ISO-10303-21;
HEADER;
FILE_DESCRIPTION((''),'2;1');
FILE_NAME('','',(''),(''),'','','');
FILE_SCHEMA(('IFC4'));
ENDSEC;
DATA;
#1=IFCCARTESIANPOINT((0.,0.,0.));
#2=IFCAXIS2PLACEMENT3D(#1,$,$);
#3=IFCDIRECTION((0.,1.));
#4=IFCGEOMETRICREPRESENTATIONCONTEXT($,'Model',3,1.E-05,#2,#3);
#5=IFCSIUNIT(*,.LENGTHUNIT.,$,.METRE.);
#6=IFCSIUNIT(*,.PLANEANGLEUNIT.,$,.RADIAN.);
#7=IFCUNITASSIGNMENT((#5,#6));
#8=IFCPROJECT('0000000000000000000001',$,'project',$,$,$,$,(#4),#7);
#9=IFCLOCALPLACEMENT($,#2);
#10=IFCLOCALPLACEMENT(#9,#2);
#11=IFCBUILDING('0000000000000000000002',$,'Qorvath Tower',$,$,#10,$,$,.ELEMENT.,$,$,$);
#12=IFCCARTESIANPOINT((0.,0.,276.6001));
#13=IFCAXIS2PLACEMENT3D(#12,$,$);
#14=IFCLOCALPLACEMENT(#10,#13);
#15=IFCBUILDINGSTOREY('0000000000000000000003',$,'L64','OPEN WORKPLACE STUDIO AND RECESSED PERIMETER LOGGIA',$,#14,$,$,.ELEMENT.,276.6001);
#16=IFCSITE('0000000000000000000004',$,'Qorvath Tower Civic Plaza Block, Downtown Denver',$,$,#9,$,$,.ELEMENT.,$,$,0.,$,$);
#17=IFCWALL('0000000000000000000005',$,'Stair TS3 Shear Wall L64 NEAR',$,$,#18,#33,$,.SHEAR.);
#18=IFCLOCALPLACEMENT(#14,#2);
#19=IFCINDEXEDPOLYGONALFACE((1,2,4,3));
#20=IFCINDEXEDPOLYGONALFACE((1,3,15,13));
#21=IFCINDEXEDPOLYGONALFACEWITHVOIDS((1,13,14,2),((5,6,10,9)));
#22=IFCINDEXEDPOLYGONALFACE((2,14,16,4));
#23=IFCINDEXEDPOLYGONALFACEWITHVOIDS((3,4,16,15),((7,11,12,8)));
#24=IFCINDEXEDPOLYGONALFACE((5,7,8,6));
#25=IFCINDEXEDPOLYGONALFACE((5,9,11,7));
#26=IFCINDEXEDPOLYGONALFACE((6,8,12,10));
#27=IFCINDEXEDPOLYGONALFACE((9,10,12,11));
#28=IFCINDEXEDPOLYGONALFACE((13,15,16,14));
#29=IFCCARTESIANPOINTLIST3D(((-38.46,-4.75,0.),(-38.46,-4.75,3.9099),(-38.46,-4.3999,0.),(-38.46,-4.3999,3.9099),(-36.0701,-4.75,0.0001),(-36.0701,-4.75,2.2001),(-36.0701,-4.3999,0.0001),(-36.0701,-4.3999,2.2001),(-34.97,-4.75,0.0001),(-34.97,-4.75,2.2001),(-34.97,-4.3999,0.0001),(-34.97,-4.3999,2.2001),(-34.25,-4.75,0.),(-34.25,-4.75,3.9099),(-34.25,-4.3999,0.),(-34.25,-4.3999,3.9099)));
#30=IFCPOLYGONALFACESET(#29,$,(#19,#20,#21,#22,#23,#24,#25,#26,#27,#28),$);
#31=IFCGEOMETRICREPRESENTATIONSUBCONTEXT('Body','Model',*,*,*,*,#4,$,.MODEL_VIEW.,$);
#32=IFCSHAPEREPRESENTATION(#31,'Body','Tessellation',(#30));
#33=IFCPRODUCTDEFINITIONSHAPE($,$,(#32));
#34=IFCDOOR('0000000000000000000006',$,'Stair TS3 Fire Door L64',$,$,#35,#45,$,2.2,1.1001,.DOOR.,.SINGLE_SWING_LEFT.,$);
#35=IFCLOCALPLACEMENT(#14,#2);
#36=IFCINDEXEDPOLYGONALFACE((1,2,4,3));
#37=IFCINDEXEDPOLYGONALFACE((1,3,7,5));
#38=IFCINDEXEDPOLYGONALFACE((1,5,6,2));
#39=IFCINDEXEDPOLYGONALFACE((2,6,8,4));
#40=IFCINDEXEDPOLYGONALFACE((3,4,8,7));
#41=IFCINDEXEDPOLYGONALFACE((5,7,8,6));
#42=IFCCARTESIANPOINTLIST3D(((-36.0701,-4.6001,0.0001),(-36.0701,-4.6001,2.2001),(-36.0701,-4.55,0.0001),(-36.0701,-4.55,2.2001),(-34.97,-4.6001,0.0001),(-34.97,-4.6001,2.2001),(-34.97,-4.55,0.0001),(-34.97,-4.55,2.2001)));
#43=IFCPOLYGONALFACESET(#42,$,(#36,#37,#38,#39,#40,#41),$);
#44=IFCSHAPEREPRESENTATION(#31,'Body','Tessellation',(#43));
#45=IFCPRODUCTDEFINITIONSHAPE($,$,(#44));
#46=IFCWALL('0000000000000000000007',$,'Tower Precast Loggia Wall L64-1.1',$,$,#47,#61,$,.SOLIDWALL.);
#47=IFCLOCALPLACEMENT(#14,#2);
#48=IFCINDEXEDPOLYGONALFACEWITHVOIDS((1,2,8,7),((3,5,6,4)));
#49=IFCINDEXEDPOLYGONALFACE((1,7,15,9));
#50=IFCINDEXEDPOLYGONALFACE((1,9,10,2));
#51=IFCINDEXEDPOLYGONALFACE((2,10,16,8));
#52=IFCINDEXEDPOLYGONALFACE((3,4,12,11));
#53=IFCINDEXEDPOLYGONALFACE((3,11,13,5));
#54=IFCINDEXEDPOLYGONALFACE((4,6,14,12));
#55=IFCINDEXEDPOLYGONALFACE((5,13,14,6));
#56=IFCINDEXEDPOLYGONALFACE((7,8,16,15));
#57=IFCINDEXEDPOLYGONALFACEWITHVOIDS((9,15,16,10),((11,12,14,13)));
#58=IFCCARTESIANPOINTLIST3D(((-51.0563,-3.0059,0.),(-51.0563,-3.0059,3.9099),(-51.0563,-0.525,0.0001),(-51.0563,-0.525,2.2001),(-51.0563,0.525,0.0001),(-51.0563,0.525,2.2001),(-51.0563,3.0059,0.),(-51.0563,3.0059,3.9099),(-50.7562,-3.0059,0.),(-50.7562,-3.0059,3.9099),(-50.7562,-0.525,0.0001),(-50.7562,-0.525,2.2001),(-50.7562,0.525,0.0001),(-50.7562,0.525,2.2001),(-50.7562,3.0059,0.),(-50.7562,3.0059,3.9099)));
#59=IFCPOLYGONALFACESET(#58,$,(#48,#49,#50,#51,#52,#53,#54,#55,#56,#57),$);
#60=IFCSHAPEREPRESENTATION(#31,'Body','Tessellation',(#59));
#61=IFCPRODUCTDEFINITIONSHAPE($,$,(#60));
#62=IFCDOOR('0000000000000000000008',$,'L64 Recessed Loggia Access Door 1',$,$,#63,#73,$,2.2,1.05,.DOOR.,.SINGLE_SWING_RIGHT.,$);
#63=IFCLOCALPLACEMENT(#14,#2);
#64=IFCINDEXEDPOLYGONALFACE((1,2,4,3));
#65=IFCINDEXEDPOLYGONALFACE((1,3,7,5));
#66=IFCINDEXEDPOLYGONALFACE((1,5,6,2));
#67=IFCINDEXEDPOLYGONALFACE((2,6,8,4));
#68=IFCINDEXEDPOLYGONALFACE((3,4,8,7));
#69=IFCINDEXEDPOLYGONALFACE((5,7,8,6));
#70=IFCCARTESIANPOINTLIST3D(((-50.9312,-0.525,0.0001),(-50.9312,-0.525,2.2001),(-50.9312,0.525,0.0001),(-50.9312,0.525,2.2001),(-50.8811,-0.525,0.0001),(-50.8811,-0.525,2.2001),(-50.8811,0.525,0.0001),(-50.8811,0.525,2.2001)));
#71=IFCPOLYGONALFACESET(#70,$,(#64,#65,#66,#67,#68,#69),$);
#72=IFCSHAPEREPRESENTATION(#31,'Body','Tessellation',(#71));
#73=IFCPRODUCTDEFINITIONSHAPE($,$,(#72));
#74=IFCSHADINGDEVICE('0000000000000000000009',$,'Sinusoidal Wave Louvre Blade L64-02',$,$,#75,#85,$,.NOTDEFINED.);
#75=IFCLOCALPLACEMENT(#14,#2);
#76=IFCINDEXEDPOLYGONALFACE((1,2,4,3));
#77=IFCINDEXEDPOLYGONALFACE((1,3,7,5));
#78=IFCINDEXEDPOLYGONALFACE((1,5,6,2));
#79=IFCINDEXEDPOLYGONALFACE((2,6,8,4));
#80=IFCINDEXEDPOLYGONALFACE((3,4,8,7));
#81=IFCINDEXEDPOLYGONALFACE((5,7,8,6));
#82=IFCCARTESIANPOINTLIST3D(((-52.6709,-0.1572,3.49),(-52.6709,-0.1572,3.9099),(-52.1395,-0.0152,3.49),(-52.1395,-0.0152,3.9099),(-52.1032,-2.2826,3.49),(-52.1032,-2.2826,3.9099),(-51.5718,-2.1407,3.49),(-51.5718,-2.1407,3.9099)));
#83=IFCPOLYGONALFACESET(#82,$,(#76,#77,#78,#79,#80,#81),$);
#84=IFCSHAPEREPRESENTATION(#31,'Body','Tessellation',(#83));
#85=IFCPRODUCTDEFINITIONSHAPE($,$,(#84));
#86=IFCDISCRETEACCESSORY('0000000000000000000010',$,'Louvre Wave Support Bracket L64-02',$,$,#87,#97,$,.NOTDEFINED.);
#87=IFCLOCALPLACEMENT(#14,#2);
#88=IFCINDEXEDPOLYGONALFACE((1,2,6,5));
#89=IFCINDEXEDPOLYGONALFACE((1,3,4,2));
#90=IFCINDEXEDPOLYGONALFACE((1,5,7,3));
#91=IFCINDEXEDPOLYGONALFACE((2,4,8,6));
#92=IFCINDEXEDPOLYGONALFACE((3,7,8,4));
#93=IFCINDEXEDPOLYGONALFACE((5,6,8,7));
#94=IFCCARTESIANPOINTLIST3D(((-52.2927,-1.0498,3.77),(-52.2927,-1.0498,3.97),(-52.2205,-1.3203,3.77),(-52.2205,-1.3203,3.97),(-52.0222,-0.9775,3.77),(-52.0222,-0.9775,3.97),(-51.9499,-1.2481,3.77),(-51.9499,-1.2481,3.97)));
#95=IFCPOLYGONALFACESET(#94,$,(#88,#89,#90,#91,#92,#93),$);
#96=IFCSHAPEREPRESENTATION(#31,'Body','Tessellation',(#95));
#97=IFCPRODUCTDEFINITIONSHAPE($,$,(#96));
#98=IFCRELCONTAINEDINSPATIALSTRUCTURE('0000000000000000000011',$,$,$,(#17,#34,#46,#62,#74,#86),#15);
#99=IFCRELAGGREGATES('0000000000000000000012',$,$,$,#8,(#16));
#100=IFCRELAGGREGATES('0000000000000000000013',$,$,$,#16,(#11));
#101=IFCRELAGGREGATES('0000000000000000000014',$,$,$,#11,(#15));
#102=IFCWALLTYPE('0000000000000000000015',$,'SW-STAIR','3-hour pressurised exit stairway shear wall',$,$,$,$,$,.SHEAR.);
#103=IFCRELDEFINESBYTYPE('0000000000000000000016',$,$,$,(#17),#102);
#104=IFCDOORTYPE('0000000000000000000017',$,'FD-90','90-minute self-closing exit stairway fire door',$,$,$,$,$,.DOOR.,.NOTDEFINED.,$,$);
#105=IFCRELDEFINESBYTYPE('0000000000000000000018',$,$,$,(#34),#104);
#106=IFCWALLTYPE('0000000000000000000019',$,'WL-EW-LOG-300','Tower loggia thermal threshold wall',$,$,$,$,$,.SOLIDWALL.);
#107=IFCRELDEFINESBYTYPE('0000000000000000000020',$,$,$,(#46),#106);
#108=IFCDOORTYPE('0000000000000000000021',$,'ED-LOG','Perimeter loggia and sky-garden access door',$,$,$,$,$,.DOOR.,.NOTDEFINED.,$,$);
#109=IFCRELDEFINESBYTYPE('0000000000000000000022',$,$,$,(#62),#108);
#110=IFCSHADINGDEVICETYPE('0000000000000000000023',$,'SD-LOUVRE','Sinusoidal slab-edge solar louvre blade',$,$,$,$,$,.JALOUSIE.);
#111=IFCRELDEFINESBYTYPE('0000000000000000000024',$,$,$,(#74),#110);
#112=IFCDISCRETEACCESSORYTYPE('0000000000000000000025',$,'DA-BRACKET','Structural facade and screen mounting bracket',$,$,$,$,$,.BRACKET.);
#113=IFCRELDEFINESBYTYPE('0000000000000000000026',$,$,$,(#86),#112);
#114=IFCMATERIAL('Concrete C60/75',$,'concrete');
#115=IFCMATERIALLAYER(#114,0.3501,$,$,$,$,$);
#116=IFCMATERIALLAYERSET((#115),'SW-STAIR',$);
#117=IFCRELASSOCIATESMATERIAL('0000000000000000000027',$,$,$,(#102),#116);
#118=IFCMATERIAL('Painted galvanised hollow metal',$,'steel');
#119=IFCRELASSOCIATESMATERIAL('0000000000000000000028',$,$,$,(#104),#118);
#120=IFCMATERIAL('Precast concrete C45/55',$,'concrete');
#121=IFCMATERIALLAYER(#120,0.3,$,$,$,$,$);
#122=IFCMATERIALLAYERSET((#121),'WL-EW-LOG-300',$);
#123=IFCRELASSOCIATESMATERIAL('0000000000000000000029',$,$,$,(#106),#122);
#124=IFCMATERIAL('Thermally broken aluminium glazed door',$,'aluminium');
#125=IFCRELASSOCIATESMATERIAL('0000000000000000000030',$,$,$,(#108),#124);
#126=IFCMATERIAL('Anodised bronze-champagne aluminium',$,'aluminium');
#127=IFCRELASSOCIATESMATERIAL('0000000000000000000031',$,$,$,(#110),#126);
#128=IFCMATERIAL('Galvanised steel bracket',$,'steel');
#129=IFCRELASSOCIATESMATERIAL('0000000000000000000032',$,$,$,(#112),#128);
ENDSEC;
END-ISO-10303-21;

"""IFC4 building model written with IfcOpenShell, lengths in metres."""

from ifc_helpers import new_model, si_unit, direction, frame, frame_2d, origin, origin_2d, place, context, subcontext, project, spatial, rectangle, extrude, material, layer, layer_set, type_object, element, fill, save


model = new_model("IFC4")

# Units and contexts
model_context = context("Model", 3, precision=1e-05, world=origin(), true_north=direction((0.0, 1.0)))
body_context = subcontext(model_context, "Body", "Model", "MODEL_VIEW")
ifc_project = project(units=[si_unit("LENGTHUNIT", "METRE"), si_unit("PLANEANGLEUNIT", "RADIAN")], contexts=[model_context])

# Site, building, storey
site_placement = place(None, origin())
site = spatial("IfcSite", under=ifc_project, at=site_placement, Name="Qorvath Tower Civic Plaza Block, Downtown Denver", CompositionType="ELEMENT", RefElevation=0.0)
building_placement = place(site_placement, origin())
building = spatial("IfcBuilding", under=site, at=building_placement, Name="Qorvath Tower", CompositionType="ELEMENT")
storey_placement = place(building_placement, frame((0.0, 0.0, 276.6001)))
storey = spatial("IfcBuildingStorey", under=building, at=storey_placement, Name="L64", Description="OPEN WORKPLACE STUDIO AND RECESSED PERIMETER LOGGIA", CompositionType="ELEMENT", Elevation=276.6001)

# Walls, openings, doors
ifc_material_1 = material(Name="Concrete C60/75", Category="concrete")
ifc_layer_1 = layer(ifc_material_1, 0.3501)
ifc_layer_set_1 = layer_set([ifc_layer_1], Name="SW-STAIR")
wall_type_1 = type_object("IfcWallType", Name="SW-STAIR", Description="3-hour pressurised exit stairway shear wall", PredefinedType="SHEAR", material=ifc_layer_set_1)
wall_1_placement = place(storey_placement, frame((-38.46, -4.575, 0.0), z_axis=(0.0, 0.0, 1.0), x_axis=(1.0, 0.0, 0.0)))
wall_1 = element("IfcWall", 1, at=wall_1_placement, inside=storey, type_object=wall_type_1, Name="Stair TS3 Shear Wall L64 NEAR", PredefinedType="SHEAR", context=body_context, shape_type="SweptSolid", body=[
    extrude(rectangle(XDim=4.21, YDim=0.3501, at=frame_2d((2.105, 0.0))), origin(), (0.0, 0.0, 1.0), 3.9099),
])
opening_1_placement = place(wall_1_placement, frame((2.3899, 0.0, 0.0)))
opening_1 = element("IfcOpeningElement", 2, at=opening_1_placement, cuts=wall_1, PredefinedType="OPENING", context=body_context, shape_type="SweptSolid", body=[
    extrude(rectangle(XDim=1.1001, YDim=2.2, at=frame_2d((0.55, 1.1001))), frame((0.0, 0.1851, 0.0), z_axis=(0.0, -1.0, 0.0), x_axis=(1.0, 0.0, 0.0)), (0.0, 0.0, 1.0), 0.3701),
])
ifc_material_2 = material(Name="Painted galvanised hollow metal", Category="steel")
door_type_1 = type_object("IfcDoorType", Name="FD-90", Description="90-minute self-closing exit stairway fire door", OperationType="NOTDEFINED", PredefinedType="DOOR", material=ifc_material_2)
door_1_placement = place(opening_1_placement, origin())
door_1 = element("IfcDoor", 3, at=door_1_placement, inside=storey, type_object=door_type_1, Name="Stair TS3 Fire Door L64", OperationType="SINGLE_SWING_LEFT", OverallHeight=2.2, OverallWidth=1.1001, PredefinedType="DOOR", context=body_context, shape_type="SweptSolid", body=[
    extrude(rectangle(XDim=1.1001, YDim=2.2, at=frame_2d((0.55, 1.1001))), frame((0.0, 0.0249, 0.0), z_axis=(0.0, -1.0, 0.0), x_axis=(1.0, 0.0, 0.0)), (0.0, 0.0, 1.0), 0.05),
])
fill(opening_1, door_1)
ifc_material_3 = material(Name="Precast concrete C45/55", Category="concrete")
ifc_layer_2 = layer(ifc_material_3, 0.3)
ifc_layer_set_2 = layer_set([ifc_layer_2], Name="WL-EW-LOG-300")
wall_type_2 = type_object("IfcWallType", Name="WL-EW-LOG-300", Description="Tower loggia thermal threshold wall", PredefinedType="SOLIDWALL", material=ifc_layer_set_2)
wall_2_placement = place(storey_placement, frame((-50.9062, -3.0059, 0.0), z_axis=(0.0, 0.0, 1.0), x_axis=(0.0, 1.0, 0.0)))
wall_2 = element("IfcWall", 4, at=wall_2_placement, inside=storey, type_object=wall_type_2, Name="Tower Precast Loggia Wall L64-1.1", PredefinedType="SOLIDWALL", context=body_context, shape_type="SweptSolid", body=[
    extrude(rectangle(XDim=6.0117, YDim=0.3, at=frame_2d((3.0059, 0.0))), origin(), (0.0, 0.0, 1.0), 3.9099),
])
opening_2_placement = place(wall_2_placement, frame((2.481, 0.0, 0.0)))
opening_2 = element("IfcOpeningElement", 5, at=opening_2_placement, cuts=wall_2, PredefinedType="OPENING", context=body_context, shape_type="SweptSolid", body=[
    extrude(rectangle(XDim=1.05, YDim=2.2, at=frame_2d((0.5249, 1.1001))), frame((0.0, 0.1602, 0.0), z_axis=(0.0, -1.0, 0.0), x_axis=(1.0, 0.0, 0.0)), (0.0, 0.0, 1.0), 0.3201),
])
ifc_material_4 = material(Name="Thermally broken aluminium glazed door", Category="aluminium")
door_type_2 = type_object("IfcDoorType", Name="ED-LOG", Description="Perimeter loggia and sky-garden access door", OperationType="NOTDEFINED", PredefinedType="DOOR", material=ifc_material_4)
door_2_placement = place(opening_2_placement, origin())
door_2 = element("IfcDoor", 6, at=door_2_placement, inside=storey, type_object=door_type_2, Name="L64 Recessed Loggia Access Door 1", OperationType="SINGLE_SWING_RIGHT", OverallHeight=2.2, OverallWidth=1.05, PredefinedType="DOOR", context=body_context, shape_type="SweptSolid", body=[
    extrude(rectangle(XDim=1.05, YDim=2.2, at=frame_2d((0.5249, 1.1001))), frame((0.0, 0.0249, 0.0), z_axis=(0.0, -1.0, 0.0), x_axis=(1.0, 0.0, 0.0)), (0.0, 0.0, 1.0), 0.05),
])
fill(opening_2, door_2)

# Shading device
ifc_material_5 = material(Name="Anodised bronze-champagne aluminium", Category="aluminium")
shading_device_type = type_object("IfcShadingDeviceType", Name="SD-LOUVRE", Description="Sinusoidal slab-edge solar louvre blade", PredefinedType="JALOUSIE", material=ifc_material_5)
shading_device_placement = place(storey_placement, frame((-52.1213, -1.1489, 3.49), z_axis=(0.0, 0.0, 1.0), x_axis=(0.258042, -0.966134, 0.0)))
element("IfcShadingDevice", 7, at=shading_device_placement, inside=storey, type_object=shading_device_type, Name="Sinusoidal Wave Louvre Blade L64-02", PredefinedType="NOTDEFINED", context=body_context, shape_type="SweptSolid", body=[
    extrude(rectangle(XDim=2.2, YDim=0.55, at=origin_2d()), origin(), (0.0, 0.0, 1.0), 0.4199),
])

# Discrete accessory
ifc_material_6 = material(Name="Galvanised steel bracket", Category="steel")
discrete_accessory_type = type_object("IfcDiscreteAccessoryType", Name="DA-BRACKET", Description="Structural facade and screen mounting bracket", PredefinedType="BRACKET", material=ifc_material_6)
discrete_accessory_placement = place(storey_placement, frame((-52.1213, -1.1489, 3.77), z_axis=(0.0, 0.0, 1.0), x_axis=(0.258042, -0.966134, 0.0)))
element("IfcDiscreteAccessory", 8, at=discrete_accessory_placement, inside=storey, type_object=discrete_accessory_type, Name="Louvre Wave Support Bracket L64-02", PredefinedType="NOTDEFINED", context=body_context, shape_type="SweptSolid", body=[
    extrude(rectangle(XDim=0.28, YDim=0.28, at=origin_2d()), origin(), (0.0, 0.0, 1.0), 0.2),
])

save(model, "model.ifc")
